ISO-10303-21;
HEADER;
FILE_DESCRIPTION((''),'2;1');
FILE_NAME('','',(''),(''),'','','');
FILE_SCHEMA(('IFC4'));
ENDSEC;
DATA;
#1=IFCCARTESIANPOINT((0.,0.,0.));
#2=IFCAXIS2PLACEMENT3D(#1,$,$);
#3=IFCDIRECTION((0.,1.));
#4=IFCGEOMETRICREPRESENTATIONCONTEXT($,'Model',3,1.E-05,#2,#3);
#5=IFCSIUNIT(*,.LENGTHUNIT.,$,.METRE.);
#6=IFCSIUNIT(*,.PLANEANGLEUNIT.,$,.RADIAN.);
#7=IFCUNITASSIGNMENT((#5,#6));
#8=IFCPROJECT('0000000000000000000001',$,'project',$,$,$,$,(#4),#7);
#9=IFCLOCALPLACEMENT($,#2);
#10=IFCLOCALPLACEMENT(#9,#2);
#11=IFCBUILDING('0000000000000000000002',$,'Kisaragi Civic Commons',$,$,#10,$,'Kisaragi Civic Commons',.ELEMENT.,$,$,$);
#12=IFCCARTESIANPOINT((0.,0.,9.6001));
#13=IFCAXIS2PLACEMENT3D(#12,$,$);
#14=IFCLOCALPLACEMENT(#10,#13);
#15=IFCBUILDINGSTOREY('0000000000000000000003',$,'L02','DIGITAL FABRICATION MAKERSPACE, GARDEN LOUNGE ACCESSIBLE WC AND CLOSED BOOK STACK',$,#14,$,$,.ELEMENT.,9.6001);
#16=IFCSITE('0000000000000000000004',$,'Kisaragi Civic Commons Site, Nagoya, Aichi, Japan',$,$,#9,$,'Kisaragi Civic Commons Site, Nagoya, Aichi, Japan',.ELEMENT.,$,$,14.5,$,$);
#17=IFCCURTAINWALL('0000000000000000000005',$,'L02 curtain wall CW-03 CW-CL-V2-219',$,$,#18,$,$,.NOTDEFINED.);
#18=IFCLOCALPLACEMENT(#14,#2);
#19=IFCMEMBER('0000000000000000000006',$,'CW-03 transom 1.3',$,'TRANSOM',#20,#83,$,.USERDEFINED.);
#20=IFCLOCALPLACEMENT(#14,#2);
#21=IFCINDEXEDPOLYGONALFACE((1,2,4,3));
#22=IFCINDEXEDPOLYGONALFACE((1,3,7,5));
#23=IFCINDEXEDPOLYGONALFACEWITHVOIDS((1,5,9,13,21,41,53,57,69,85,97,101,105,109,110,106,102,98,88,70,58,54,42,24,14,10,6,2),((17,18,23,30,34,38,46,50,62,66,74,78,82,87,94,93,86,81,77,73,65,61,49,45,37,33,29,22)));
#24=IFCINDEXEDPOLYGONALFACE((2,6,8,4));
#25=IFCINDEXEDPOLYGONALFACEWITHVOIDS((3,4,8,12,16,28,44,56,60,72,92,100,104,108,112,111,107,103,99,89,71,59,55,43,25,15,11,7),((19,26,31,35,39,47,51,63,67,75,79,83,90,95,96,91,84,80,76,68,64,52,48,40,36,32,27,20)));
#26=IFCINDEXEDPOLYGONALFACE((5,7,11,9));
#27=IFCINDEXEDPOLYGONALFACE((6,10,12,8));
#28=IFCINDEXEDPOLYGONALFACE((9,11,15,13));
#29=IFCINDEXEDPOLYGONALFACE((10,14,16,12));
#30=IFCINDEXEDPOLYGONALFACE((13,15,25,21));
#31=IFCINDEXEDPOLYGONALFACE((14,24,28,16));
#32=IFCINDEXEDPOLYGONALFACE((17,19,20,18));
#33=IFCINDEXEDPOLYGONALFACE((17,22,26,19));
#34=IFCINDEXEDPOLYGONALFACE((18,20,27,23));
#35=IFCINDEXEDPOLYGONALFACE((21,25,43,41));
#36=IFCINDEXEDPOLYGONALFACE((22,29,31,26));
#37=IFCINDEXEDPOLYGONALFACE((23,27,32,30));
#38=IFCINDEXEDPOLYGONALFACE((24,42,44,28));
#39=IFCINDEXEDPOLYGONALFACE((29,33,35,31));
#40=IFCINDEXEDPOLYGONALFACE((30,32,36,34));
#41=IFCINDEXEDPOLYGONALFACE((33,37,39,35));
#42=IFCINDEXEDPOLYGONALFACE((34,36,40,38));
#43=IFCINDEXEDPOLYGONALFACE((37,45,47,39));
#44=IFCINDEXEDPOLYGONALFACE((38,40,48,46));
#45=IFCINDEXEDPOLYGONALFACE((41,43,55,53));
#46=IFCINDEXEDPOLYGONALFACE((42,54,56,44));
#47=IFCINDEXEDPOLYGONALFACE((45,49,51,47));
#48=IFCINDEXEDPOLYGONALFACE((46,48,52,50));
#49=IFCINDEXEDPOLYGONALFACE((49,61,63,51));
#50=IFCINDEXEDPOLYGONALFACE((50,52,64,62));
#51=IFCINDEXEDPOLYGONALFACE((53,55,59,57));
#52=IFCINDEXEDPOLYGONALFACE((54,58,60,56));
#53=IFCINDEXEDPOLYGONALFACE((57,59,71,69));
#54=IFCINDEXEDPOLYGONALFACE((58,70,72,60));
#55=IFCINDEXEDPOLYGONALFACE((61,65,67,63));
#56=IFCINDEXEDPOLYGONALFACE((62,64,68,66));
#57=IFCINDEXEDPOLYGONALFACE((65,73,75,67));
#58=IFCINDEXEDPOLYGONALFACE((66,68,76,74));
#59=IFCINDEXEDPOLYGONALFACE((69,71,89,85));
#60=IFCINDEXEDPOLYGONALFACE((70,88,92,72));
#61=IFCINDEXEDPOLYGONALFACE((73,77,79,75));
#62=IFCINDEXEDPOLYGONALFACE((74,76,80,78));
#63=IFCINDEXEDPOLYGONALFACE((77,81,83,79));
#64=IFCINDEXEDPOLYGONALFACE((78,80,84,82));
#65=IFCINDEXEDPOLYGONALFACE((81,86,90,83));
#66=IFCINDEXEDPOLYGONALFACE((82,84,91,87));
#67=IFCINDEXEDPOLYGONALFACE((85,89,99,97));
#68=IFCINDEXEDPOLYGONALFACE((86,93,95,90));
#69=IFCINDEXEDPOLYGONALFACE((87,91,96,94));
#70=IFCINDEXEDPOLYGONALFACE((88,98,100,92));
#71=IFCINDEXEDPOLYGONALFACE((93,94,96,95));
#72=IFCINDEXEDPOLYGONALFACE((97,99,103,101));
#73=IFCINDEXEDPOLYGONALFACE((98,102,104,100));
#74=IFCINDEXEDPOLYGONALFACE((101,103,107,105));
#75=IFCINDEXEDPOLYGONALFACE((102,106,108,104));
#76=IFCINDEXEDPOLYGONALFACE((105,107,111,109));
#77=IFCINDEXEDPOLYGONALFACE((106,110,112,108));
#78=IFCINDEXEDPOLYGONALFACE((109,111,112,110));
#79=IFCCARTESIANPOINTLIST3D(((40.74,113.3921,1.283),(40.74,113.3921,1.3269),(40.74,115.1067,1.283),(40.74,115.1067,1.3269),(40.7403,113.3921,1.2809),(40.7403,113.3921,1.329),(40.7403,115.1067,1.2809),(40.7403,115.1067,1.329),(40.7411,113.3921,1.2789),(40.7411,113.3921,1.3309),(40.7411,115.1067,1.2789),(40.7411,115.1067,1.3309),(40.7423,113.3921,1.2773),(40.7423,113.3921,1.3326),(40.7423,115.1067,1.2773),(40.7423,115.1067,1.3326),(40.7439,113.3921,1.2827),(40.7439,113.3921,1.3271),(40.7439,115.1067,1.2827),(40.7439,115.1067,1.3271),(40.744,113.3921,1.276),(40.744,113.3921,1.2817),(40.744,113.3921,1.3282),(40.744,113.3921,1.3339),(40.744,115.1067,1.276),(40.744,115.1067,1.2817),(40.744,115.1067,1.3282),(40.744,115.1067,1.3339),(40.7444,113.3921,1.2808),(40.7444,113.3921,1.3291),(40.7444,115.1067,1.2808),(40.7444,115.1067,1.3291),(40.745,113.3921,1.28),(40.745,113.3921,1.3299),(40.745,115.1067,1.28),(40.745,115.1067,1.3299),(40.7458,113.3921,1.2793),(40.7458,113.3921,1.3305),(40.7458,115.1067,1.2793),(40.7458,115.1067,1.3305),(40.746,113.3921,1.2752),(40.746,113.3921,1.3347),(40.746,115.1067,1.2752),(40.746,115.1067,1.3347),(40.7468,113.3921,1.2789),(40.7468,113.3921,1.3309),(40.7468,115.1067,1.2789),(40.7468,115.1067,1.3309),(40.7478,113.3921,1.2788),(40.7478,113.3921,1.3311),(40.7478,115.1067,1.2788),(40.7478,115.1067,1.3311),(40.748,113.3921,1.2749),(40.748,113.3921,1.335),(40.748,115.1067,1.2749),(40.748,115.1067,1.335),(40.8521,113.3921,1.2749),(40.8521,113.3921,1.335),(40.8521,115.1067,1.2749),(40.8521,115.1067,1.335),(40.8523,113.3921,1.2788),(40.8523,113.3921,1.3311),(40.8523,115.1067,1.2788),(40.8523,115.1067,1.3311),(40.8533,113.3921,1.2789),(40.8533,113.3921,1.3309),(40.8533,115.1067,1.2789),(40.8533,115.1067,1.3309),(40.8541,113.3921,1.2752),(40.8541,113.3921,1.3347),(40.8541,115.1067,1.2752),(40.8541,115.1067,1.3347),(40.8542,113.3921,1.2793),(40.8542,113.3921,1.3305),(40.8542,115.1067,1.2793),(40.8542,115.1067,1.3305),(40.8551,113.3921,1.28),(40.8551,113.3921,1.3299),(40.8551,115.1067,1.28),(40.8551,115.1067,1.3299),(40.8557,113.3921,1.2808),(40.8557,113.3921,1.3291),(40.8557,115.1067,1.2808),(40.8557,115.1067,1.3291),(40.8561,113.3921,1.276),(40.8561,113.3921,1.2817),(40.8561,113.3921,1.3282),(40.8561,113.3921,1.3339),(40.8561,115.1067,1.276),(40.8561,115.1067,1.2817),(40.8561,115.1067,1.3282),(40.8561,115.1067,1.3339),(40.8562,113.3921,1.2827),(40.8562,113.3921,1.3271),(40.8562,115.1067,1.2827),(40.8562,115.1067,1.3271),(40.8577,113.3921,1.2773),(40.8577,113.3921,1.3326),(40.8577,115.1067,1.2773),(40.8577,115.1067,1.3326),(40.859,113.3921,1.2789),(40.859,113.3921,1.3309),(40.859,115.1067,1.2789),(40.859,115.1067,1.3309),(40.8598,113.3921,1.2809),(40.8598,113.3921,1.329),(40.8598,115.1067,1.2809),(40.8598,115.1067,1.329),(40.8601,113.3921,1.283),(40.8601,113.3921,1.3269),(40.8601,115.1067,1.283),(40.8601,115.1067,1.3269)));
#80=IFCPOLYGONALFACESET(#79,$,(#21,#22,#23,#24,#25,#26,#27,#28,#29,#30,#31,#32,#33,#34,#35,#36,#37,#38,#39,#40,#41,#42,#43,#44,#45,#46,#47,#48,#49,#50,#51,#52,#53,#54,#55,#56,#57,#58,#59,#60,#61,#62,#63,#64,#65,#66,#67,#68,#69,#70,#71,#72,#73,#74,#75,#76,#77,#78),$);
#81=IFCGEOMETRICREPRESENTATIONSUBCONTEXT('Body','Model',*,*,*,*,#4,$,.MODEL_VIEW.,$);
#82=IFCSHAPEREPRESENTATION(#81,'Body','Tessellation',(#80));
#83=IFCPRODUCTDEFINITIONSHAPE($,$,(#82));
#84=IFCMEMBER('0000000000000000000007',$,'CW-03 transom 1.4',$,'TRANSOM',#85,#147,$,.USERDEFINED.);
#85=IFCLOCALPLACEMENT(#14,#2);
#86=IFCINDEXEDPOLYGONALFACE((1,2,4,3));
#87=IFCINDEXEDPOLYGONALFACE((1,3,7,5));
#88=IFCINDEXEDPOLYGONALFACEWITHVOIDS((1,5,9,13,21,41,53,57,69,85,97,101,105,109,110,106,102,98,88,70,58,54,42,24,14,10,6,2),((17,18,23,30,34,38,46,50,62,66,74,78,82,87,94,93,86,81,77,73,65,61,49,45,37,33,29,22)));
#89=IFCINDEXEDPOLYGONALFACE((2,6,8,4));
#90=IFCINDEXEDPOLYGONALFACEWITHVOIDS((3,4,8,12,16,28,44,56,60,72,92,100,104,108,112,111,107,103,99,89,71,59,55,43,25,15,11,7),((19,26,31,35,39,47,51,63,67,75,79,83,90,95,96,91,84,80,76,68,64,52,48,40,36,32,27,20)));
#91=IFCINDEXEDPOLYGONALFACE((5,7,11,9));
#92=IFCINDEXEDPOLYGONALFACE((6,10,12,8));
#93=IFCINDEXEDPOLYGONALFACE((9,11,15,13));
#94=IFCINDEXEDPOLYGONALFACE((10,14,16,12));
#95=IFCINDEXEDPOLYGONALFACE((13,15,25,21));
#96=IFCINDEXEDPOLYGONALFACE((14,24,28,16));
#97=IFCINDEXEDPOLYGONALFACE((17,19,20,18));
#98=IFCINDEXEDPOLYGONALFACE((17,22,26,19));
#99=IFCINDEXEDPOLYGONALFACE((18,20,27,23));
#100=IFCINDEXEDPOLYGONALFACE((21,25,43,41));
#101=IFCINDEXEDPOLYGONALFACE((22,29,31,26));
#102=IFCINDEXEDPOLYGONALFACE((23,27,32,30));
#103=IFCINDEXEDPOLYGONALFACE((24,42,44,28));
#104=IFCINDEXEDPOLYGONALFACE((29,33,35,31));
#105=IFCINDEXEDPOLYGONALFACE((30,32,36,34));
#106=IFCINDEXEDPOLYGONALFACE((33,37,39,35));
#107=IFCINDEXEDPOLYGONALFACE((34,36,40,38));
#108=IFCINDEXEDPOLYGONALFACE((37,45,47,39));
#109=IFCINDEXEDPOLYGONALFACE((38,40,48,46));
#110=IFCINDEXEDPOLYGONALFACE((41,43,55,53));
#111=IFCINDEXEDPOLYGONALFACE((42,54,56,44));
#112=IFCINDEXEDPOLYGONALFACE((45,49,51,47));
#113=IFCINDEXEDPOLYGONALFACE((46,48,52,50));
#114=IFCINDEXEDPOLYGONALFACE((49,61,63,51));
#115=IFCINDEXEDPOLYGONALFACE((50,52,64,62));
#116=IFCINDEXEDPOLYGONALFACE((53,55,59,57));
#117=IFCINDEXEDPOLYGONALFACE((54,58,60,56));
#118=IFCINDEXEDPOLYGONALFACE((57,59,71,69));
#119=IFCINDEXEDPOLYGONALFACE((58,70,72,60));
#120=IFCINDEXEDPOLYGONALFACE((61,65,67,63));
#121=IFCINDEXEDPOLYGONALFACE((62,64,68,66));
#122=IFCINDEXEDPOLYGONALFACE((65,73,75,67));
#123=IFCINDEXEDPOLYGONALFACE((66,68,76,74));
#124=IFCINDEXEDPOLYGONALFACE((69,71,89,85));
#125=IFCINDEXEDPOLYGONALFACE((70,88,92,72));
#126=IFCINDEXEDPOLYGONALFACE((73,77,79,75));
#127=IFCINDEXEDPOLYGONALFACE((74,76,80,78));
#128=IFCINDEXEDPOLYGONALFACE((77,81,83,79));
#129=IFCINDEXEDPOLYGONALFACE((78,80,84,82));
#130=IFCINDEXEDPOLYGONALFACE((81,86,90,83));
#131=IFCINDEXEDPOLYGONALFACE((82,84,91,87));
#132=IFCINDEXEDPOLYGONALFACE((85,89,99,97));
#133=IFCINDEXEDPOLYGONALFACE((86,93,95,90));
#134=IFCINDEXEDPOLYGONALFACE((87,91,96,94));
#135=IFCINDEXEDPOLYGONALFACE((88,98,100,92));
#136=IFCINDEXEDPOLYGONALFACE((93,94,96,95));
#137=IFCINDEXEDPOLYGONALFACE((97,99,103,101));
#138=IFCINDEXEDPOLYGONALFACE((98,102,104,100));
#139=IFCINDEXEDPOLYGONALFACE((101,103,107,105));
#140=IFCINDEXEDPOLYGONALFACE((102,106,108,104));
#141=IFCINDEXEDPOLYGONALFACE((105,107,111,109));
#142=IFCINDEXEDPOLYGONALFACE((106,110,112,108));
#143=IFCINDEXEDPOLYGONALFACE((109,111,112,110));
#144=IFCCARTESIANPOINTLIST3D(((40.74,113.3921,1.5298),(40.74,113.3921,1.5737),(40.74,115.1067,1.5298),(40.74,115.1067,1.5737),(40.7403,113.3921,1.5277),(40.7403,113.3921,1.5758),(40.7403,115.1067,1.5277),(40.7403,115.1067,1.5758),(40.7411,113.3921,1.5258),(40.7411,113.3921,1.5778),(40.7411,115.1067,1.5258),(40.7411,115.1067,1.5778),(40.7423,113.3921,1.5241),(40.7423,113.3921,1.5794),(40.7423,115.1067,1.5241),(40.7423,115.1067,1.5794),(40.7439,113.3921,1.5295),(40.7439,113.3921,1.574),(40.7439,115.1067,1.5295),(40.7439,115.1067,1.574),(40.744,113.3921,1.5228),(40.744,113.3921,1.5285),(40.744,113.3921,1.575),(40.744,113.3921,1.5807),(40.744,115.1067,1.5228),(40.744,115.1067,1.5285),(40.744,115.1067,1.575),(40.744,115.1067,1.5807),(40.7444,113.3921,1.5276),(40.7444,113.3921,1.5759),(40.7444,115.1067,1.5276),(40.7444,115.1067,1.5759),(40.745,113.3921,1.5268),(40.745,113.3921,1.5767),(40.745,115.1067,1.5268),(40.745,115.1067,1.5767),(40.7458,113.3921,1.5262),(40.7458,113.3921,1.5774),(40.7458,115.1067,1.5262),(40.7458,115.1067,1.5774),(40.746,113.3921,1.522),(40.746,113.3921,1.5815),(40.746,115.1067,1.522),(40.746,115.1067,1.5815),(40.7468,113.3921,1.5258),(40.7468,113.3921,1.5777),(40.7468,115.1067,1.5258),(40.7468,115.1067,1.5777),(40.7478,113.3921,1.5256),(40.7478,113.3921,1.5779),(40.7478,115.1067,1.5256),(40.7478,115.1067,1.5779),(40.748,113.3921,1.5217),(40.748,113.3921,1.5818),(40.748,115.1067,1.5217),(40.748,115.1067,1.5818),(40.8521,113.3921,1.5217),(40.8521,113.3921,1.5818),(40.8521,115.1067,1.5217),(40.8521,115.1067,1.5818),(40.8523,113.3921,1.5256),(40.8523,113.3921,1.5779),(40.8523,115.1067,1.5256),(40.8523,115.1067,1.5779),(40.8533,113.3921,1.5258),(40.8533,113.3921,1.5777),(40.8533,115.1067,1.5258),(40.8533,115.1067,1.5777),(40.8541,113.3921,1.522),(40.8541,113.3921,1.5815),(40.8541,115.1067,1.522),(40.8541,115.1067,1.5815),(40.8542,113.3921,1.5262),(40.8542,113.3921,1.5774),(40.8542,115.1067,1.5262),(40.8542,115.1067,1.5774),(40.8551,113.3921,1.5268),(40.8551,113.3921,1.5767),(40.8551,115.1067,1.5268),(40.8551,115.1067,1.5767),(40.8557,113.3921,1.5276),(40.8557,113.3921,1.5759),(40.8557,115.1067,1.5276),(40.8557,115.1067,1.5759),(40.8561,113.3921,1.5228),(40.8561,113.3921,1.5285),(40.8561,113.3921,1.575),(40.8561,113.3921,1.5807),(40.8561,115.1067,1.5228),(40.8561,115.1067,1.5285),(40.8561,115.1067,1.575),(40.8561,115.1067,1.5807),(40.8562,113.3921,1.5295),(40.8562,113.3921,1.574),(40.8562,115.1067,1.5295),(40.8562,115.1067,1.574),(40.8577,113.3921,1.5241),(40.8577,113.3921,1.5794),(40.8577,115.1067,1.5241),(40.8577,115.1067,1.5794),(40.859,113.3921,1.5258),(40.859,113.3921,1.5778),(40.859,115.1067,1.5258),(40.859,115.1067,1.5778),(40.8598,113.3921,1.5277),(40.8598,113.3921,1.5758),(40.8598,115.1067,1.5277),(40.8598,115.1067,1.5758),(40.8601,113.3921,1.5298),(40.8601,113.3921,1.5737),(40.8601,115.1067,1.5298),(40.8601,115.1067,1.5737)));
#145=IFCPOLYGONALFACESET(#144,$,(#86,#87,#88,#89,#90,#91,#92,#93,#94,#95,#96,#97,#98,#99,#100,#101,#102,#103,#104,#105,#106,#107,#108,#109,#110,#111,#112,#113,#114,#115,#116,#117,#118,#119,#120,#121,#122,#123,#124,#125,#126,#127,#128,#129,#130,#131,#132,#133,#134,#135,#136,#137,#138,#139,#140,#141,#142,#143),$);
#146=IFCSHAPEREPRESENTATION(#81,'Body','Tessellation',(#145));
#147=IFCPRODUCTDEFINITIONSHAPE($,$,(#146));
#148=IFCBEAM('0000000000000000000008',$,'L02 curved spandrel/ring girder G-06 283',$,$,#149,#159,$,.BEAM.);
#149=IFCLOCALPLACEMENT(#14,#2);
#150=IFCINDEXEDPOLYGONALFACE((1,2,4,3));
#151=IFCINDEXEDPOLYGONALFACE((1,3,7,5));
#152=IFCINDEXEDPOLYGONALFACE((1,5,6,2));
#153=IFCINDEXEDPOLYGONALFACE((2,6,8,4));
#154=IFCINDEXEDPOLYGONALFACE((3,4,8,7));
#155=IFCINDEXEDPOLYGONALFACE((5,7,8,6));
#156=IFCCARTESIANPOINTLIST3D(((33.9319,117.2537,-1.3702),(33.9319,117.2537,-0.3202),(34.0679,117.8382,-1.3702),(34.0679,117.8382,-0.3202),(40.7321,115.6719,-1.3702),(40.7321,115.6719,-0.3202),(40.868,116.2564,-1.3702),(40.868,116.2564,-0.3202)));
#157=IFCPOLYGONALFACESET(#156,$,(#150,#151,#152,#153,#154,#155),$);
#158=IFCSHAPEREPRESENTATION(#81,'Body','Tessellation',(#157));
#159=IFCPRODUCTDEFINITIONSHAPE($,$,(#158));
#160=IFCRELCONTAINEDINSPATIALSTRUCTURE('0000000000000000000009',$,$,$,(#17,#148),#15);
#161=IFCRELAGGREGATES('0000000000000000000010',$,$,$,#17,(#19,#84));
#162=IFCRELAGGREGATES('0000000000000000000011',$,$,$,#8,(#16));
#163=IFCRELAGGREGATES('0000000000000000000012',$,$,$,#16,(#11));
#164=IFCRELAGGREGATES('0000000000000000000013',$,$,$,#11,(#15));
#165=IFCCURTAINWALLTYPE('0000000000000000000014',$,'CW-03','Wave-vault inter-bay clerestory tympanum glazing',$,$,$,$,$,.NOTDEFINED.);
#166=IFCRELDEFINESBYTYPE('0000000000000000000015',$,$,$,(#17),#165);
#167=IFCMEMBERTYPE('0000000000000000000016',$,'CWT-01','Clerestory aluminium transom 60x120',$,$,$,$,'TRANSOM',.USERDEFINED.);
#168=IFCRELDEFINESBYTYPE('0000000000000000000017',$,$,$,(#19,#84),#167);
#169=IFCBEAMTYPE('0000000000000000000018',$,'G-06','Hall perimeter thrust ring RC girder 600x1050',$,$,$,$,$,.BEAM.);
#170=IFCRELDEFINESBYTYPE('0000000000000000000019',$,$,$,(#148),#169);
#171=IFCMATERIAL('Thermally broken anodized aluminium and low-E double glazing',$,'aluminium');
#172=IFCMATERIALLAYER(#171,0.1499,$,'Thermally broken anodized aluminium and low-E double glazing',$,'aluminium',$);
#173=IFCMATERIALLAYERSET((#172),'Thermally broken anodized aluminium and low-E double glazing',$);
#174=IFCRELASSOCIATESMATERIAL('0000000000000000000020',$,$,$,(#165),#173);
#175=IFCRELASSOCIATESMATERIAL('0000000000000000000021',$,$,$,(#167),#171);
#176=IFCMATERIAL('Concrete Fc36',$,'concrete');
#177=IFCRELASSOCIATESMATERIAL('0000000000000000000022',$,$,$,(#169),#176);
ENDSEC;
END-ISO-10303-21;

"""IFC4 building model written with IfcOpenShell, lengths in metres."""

from ifc_helpers import new_model, si_unit, direction, frame, origin, origin_2d, place, context, subcontext, project, spatial, rectangle, hollow_rectangle, extrude, material, layer, layer_set, material_profile, profile_set, type_object, element, aggregate, save


model = new_model("IFC4")

# Units and contexts
model_context = context("Model", 3, precision=1e-05, world=origin(), true_north=direction((0.0, 1.0)))
body_context = subcontext(model_context, "Body", "Model", "MODEL_VIEW")
ifc_project = project(units=[si_unit("LENGTHUNIT", "METRE"), si_unit("PLANEANGLEUNIT", "RADIAN")], contexts=[model_context])

# Site, building, storey
site_placement = place(None, origin())
site = spatial("IfcSite", under=ifc_project, at=site_placement, Name="Kisaragi Civic Commons Site, Nagoya, Aichi, Japan", LongName="Kisaragi Civic Commons Site, Nagoya, Aichi, Japan", CompositionType="ELEMENT", RefElevation=14.5)
building_placement = place(site_placement, origin())
building = spatial("IfcBuilding", under=site, at=building_placement, Name="Kisaragi Civic Commons", LongName="Kisaragi Civic Commons", CompositionType="ELEMENT")
storey_placement = place(building_placement, frame((0.0, 0.0, 9.6001)))
storey = spatial("IfcBuildingStorey", under=building, at=storey_placement, Name="L02", Description="DIGITAL FABRICATION MAKERSPACE, GARDEN LOUNGE ACCESSIBLE WC AND CLOSED BOOK STACK", CompositionType="ELEMENT", Elevation=9.6001)

# Curtain wall, members
ifc_material_1 = material(Name="Thermally broken anodized aluminium and low-E double glazing", Category="aluminium")
ifc_layer_1 = layer(ifc_material_1, 0.1499, Name="Thermally broken anodized aluminium and low-E double glazing", Category="aluminium")
ifc_layer_set_1 = layer_set([ifc_layer_1], Name="Thermally broken anodized aluminium and low-E double glazing")
curtain_wall_type = type_object("IfcCurtainWallType", Name="CW-03", Description="Wave-vault inter-bay clerestory tympanum glazing", PredefinedType="NOTDEFINED", material=ifc_layer_set_1)
curtain_wall_placement = place(storey_placement, origin())
curtain_wall = element("IfcCurtainWall", 1, at=curtain_wall_placement, inside=storey, type_object=curtain_wall_type, Name="L02 curtain wall CW-03 CW-CL-V2-219", PredefinedType="NOTDEFINED")
ifc_material_profile_1 = material_profile(ifc_material_1, hollow_rectangle(XDim=0.1201, YDim=0.0601, WallThickness=0.0039, InnerFilletRadius=0.0039, OuterFilletRadius=0.0081, at=origin_2d()), Name="CWT-60x120x4", Category="aluminium")
ifc_profile_set_1 = profile_set([ifc_material_profile_1], Name="Thermally broken anodized aluminium and low-E double glazing")
member_type_1 = type_object("IfcMemberType", Name="CWT-01", Description="Clerestory aluminium transom 60x120", ElementType="TRANSOM", PredefinedType="USERDEFINED", material=ifc_profile_set_1)
member_1_placement = place(storey_placement, frame((40.8, 113.3921, 1.3049), z_axis=(0.0, 1.0, 0.0), x_axis=(-1.0, 0.0, 0.0)))
member_1 = element("IfcMember", 2, at=member_1_placement, type_object=member_type_1, Name="CW-03 transom 1.3", ObjectType="TRANSOM", PredefinedType="USERDEFINED", context=body_context, shape_type="SweptSolid", body=[
    extrude(hollow_rectangle(XDim=0.1201, YDim=0.0601, WallThickness=0.0039, InnerFilletRadius=0.0039, OuterFilletRadius=0.0081, at=origin_2d()), origin(), (0.0, 0.0, 1.0), 1.7146),
])
member_2_placement = place(storey_placement, frame((40.8, 113.3921, 1.5518), z_axis=(0.0, 1.0, 0.0), x_axis=(-1.0, 0.0, 0.0)))
member_2 = element("IfcMember", 3, at=member_2_placement, type_object=member_type_1, Name="CW-03 transom 1.4", ObjectType="TRANSOM", PredefinedType="USERDEFINED", context=body_context, shape_type="SweptSolid", body=[
    extrude(hollow_rectangle(XDim=0.1201, YDim=0.0601, WallThickness=0.0039, InnerFilletRadius=0.0039, OuterFilletRadius=0.0081, at=origin_2d()), origin(), (0.0, 0.0, 1.0), 1.7146),
])

# Beam
ifc_material_2 = material(Name="Concrete Fc36", Category="concrete")
ifc_material_profile_2 = material_profile(ifc_material_2, rectangle(XDim=0.6001, YDim=1.05, at=origin_2d()), Name="RC-600x1050", Category="concrete")
ifc_profile_set_2 = profile_set([ifc_material_profile_2], Name="Concrete Fc36")
beam_type = type_object("IfcBeamType", Name="G-06", Description="Hall perimeter thrust ring RC girder 600x1050", PredefinedType="BEAM", material=ifc_profile_set_2)
beam_placement = place(storey_placement, frame((40.8, 115.9641, -0.8452), z_axis=(-0.973996, 0.226565, 0.0), x_axis=(-0.226565, -0.973996, 0.0)))
element("IfcBeam", 4, at=beam_placement, inside=storey, type_object=beam_type, Name="L02 curved spandrel/ring girder G-06 283", PredefinedType="BEAM", context=body_context, shape_type="SweptSolid", body=[
    extrude(rectangle(XDim=0.6001, YDim=1.05, at=origin_2d()), origin(), (0.0, 0.0, 1.0), 6.9817),
])

aggregate(curtain_wall, [member_1, member_2])

save(model, "model.ifc")
